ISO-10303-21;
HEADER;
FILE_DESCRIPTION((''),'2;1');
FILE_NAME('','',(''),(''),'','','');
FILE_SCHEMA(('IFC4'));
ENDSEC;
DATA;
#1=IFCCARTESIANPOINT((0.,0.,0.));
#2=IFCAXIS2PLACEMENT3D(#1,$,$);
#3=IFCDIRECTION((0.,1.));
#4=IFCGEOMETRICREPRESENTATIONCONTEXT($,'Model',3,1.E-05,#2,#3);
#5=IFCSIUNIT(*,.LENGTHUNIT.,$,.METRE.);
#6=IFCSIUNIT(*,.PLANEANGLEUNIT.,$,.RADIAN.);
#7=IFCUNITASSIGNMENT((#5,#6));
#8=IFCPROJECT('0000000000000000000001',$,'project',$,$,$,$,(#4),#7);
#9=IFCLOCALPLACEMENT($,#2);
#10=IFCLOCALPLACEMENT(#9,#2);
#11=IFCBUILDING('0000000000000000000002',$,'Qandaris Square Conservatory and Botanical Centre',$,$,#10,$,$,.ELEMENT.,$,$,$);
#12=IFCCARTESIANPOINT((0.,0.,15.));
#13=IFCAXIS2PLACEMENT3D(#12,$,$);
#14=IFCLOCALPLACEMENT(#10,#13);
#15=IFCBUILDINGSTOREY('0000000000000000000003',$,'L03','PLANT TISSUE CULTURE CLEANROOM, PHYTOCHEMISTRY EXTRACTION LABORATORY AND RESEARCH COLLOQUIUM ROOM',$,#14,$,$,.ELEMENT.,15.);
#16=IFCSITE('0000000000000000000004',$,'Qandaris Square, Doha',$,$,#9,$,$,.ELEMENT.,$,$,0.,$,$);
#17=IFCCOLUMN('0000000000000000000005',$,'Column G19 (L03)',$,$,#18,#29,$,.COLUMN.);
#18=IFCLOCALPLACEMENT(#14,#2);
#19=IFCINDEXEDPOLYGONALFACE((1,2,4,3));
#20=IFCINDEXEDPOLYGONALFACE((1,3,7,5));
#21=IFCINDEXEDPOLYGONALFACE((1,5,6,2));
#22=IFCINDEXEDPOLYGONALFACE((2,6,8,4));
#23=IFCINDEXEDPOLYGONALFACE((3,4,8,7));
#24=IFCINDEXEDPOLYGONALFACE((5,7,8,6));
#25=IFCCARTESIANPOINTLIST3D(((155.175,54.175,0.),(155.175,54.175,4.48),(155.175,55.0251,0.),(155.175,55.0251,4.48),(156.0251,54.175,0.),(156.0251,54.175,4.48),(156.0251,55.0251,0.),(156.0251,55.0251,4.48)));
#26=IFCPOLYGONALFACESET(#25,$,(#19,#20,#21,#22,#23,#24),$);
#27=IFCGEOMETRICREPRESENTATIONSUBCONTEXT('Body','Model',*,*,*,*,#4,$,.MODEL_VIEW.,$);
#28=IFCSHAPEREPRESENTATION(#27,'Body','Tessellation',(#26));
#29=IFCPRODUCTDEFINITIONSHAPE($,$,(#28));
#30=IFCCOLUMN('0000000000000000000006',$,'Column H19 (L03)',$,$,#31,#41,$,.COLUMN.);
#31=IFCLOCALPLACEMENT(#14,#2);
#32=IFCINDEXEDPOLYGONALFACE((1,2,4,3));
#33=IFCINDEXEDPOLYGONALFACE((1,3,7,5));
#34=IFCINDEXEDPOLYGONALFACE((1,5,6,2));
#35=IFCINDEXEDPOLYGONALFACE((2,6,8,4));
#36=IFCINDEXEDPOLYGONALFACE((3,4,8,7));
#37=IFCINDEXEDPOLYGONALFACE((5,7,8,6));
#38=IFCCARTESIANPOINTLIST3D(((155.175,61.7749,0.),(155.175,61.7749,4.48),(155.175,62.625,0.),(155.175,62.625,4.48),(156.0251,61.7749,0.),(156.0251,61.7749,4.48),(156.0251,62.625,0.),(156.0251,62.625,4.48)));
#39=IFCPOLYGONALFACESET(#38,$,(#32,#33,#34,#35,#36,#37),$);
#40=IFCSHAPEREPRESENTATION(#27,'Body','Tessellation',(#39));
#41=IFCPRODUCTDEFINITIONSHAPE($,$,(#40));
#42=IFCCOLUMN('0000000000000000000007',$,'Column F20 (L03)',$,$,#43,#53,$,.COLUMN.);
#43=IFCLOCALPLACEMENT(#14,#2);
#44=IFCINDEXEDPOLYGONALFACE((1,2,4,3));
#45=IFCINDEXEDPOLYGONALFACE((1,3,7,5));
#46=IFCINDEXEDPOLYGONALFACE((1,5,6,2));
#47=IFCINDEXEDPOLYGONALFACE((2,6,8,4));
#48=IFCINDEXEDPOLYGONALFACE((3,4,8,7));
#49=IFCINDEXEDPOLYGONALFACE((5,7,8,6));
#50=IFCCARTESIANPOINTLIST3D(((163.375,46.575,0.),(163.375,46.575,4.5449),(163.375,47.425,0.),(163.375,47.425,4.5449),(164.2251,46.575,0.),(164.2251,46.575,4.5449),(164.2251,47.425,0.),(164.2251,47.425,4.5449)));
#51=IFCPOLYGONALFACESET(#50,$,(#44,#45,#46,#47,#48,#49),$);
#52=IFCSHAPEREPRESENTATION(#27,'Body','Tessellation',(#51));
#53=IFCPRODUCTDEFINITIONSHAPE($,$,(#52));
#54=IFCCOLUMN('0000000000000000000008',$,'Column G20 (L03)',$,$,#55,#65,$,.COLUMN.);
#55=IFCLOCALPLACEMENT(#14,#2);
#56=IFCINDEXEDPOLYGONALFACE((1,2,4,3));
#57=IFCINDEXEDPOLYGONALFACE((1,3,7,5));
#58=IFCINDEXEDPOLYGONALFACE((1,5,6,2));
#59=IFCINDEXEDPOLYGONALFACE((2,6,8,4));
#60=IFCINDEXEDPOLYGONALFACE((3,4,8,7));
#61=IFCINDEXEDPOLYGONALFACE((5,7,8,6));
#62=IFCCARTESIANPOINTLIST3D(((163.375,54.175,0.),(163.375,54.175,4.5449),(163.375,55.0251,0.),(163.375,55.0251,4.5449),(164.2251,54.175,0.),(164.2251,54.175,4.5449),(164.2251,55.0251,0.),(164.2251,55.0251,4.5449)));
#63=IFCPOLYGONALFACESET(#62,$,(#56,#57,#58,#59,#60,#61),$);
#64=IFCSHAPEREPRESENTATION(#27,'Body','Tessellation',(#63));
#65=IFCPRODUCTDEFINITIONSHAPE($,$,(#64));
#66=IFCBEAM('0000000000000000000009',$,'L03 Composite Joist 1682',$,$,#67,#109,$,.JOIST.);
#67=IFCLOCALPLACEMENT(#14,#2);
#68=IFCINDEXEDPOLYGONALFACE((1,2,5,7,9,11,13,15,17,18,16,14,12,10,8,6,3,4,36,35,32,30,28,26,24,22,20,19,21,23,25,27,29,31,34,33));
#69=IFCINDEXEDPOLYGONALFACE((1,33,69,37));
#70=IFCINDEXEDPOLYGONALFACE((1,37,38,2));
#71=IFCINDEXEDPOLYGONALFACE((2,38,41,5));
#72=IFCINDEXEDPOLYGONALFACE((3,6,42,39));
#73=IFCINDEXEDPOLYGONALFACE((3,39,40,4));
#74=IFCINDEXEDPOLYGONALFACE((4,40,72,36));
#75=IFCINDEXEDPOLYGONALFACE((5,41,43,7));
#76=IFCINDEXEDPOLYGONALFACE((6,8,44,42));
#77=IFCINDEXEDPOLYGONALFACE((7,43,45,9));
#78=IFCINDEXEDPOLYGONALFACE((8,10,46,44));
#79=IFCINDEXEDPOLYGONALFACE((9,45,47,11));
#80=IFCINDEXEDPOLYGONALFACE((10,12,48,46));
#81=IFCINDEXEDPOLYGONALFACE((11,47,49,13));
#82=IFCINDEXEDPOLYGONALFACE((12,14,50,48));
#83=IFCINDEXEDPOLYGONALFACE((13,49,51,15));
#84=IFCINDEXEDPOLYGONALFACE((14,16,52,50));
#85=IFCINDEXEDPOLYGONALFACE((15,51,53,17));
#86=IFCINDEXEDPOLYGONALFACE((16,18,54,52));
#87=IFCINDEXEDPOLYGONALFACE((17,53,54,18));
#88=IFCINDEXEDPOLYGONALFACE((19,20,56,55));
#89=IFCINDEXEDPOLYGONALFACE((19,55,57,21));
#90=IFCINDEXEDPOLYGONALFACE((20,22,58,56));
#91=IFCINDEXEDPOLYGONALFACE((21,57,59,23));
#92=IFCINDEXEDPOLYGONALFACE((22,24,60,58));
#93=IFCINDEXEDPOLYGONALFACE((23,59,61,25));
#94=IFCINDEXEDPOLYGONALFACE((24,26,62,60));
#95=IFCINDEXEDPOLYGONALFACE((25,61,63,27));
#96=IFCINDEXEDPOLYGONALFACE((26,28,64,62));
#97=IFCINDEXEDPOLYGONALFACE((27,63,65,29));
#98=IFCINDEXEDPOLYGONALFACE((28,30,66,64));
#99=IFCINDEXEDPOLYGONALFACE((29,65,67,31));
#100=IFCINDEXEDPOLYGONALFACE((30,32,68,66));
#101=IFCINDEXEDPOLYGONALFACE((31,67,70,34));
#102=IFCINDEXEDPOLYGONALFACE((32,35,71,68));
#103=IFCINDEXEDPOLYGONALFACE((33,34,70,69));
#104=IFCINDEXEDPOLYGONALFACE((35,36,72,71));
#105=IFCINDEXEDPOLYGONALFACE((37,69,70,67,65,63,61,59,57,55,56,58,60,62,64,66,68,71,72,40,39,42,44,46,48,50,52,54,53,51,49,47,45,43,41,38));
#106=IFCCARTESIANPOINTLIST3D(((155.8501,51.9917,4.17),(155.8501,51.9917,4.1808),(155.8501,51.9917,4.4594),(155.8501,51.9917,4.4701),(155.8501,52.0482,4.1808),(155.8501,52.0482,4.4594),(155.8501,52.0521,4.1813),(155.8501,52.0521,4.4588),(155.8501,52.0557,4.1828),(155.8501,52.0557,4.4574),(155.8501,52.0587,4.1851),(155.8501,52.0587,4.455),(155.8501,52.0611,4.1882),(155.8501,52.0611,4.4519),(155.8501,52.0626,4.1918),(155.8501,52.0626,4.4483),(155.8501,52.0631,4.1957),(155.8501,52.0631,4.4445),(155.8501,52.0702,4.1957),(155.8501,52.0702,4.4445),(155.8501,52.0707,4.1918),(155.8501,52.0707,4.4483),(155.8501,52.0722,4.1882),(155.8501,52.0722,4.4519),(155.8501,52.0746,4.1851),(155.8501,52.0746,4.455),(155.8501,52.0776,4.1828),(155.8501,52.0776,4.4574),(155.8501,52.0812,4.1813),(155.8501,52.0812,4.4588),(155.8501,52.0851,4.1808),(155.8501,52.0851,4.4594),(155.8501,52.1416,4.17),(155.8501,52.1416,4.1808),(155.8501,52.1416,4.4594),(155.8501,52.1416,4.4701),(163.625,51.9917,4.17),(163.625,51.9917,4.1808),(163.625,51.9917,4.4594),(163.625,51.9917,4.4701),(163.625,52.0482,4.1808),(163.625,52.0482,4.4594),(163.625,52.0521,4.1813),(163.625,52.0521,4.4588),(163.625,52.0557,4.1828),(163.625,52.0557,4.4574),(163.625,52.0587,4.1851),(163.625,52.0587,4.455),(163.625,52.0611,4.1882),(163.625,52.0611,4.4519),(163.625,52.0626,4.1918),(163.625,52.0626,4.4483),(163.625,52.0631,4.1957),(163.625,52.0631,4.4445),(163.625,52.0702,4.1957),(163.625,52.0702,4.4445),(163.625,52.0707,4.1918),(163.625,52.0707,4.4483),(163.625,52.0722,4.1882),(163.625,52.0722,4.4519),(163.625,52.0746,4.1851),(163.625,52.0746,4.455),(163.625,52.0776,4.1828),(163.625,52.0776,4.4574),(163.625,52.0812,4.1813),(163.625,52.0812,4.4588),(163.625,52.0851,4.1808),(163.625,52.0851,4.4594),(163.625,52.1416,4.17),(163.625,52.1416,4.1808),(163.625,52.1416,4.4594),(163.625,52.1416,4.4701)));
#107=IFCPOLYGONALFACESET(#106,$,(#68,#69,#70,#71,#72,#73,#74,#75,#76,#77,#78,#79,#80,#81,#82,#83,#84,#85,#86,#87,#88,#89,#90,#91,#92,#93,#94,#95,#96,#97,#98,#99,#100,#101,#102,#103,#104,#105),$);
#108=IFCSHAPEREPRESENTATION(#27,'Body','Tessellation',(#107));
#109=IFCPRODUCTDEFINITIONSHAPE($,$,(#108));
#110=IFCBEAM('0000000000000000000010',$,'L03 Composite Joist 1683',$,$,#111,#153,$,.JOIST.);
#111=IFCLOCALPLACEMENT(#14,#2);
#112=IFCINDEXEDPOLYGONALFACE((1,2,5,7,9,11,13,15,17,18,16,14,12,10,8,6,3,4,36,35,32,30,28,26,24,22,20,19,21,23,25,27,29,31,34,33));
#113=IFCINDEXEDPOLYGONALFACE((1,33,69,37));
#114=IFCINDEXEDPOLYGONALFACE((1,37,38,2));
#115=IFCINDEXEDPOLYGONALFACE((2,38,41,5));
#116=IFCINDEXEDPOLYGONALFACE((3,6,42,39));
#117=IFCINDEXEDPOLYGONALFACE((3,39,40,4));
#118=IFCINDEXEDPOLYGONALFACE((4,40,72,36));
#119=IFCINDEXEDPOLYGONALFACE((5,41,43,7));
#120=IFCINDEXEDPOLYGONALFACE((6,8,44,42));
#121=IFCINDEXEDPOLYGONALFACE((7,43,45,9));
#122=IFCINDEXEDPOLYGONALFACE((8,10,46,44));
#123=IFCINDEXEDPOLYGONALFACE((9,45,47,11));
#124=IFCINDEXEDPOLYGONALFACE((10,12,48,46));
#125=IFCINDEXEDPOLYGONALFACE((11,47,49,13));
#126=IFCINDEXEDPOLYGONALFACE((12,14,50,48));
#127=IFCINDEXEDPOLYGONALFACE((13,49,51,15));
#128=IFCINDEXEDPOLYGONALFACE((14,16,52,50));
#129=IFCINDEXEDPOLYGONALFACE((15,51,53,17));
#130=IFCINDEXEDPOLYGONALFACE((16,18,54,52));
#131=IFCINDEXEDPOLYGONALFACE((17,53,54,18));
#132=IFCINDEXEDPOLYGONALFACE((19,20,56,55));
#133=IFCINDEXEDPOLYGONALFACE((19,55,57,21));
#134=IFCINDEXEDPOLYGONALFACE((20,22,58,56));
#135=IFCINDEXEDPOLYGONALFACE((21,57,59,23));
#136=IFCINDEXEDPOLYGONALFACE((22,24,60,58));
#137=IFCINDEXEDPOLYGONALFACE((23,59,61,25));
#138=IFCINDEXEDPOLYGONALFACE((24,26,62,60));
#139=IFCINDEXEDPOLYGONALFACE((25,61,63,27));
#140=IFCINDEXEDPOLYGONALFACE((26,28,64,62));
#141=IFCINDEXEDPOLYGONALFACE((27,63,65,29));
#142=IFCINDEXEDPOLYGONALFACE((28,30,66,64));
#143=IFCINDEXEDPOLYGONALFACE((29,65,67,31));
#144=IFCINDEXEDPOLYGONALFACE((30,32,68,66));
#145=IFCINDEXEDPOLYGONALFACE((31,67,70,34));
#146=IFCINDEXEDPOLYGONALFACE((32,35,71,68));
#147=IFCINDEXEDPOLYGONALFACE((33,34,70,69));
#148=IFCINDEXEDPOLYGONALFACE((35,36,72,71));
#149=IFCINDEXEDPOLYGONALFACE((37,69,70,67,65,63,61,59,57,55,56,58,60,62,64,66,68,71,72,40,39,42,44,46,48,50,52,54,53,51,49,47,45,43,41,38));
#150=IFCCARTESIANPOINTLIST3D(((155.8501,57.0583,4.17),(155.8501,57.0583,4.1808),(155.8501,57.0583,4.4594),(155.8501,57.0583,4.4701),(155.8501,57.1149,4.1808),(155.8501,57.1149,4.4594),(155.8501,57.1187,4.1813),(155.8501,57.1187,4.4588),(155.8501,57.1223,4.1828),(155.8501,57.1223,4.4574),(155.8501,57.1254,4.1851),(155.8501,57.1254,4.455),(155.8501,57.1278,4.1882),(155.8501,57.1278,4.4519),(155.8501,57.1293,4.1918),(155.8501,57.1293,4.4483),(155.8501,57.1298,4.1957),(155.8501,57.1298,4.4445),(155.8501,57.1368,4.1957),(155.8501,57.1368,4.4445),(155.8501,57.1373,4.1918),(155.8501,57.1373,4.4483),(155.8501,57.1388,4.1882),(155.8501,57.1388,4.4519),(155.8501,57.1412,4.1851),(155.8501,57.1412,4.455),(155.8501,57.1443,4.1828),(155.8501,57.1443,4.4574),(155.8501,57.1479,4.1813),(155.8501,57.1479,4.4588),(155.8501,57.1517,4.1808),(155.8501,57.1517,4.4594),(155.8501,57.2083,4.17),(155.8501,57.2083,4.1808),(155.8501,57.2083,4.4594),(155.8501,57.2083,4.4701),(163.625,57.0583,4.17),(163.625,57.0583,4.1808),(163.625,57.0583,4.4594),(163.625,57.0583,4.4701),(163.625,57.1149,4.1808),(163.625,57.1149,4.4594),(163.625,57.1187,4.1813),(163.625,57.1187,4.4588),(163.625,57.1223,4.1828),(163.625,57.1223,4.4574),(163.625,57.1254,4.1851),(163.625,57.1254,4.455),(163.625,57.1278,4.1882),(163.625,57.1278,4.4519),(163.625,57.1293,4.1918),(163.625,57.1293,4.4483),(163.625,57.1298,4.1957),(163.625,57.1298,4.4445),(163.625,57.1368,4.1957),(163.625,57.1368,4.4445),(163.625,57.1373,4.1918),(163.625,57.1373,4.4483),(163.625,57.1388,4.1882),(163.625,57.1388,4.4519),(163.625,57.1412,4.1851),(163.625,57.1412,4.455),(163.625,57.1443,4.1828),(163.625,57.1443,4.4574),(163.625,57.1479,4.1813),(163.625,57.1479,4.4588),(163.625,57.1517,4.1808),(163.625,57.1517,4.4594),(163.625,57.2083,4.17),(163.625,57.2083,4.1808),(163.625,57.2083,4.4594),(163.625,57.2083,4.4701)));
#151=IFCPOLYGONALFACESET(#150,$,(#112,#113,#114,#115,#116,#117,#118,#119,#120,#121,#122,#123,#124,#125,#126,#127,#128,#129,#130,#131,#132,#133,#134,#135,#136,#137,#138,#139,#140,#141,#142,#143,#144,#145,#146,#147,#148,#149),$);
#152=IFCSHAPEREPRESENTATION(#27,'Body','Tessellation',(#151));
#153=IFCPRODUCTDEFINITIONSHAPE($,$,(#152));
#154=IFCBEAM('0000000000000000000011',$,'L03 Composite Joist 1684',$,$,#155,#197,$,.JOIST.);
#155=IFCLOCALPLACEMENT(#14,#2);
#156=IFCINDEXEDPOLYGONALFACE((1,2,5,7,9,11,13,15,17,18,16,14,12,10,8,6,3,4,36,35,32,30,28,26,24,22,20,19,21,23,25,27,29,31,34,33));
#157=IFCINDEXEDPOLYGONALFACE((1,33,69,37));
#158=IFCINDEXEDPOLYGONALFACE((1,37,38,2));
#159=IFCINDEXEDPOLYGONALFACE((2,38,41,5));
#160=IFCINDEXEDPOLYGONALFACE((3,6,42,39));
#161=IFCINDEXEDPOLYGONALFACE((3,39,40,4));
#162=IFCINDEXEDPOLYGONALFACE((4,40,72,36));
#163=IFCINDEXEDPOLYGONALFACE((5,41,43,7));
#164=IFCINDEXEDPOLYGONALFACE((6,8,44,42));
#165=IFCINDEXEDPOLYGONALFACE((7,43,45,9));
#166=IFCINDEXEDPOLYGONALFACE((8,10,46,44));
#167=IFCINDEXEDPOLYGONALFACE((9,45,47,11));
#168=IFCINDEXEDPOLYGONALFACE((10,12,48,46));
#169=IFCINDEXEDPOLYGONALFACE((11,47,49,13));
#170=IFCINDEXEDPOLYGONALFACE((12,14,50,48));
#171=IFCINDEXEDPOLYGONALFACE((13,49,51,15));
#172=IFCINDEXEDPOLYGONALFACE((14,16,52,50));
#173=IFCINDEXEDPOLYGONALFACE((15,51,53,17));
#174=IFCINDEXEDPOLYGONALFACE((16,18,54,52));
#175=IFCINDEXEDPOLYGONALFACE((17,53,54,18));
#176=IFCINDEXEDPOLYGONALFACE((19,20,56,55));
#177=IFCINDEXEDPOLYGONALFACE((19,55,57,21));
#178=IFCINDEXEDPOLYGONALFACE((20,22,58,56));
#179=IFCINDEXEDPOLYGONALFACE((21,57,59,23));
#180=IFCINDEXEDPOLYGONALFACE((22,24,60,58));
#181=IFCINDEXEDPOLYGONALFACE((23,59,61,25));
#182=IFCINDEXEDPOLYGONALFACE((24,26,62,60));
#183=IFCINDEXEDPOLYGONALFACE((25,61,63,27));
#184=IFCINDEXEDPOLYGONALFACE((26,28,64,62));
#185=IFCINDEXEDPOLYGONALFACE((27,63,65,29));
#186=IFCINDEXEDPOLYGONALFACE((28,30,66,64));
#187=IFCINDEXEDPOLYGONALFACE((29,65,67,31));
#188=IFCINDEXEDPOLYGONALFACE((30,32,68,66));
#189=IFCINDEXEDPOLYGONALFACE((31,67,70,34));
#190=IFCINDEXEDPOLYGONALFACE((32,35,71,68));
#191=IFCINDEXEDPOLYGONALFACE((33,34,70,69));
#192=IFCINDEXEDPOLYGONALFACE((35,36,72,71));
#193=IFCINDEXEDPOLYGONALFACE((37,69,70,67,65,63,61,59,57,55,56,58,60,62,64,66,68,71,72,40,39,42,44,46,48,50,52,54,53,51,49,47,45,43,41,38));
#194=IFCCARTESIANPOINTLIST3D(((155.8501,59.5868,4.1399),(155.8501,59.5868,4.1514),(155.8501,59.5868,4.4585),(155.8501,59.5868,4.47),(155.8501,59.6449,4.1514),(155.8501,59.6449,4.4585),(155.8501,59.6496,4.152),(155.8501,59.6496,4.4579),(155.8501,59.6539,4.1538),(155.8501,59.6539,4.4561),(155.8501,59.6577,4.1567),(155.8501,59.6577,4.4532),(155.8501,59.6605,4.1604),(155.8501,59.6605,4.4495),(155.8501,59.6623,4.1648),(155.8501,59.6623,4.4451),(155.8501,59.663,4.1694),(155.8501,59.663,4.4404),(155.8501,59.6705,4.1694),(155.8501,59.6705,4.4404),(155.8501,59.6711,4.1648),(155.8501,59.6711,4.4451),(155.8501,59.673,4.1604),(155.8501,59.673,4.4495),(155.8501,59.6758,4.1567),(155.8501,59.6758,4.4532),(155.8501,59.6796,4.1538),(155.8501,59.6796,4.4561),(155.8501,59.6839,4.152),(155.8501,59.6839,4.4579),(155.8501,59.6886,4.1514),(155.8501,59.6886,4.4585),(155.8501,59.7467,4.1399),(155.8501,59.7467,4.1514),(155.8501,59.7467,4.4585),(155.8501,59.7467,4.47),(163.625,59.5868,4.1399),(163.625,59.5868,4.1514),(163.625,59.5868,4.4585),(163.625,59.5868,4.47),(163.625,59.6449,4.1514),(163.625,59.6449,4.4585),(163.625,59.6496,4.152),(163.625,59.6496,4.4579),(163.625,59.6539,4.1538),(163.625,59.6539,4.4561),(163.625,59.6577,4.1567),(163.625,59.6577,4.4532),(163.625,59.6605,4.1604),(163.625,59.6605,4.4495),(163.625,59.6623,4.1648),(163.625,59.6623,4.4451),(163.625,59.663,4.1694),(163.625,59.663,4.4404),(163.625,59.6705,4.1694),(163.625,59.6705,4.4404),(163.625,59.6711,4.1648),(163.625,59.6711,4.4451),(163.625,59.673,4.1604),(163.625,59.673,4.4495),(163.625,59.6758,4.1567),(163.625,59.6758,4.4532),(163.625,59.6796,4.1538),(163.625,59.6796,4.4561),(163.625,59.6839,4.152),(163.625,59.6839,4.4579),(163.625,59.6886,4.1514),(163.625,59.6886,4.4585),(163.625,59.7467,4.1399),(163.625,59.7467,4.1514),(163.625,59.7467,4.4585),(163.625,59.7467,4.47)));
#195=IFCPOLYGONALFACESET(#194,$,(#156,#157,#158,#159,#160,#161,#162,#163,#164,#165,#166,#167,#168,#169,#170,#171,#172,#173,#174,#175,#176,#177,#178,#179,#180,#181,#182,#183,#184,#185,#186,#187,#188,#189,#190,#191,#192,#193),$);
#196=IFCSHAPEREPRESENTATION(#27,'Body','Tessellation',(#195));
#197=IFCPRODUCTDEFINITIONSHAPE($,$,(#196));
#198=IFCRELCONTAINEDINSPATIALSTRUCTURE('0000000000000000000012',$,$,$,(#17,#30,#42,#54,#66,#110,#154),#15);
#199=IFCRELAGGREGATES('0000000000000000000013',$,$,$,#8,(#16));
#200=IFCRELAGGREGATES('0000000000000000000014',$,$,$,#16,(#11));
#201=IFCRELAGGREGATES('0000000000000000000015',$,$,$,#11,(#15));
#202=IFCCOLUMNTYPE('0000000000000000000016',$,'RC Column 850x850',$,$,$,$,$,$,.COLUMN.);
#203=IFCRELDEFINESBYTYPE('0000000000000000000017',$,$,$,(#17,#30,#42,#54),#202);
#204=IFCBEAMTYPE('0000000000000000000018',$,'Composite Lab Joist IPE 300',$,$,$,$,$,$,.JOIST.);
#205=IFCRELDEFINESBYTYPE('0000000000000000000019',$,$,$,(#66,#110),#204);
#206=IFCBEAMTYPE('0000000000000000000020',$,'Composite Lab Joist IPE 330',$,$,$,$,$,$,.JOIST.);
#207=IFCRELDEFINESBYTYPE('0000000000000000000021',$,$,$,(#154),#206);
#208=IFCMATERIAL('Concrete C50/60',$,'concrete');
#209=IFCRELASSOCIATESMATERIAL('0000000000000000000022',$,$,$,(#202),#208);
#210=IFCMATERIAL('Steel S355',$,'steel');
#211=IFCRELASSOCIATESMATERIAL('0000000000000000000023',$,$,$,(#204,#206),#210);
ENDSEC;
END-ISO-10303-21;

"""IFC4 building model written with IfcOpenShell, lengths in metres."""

from ifc_helpers import new_model, si_unit, direction, frame, origin, origin_2d, place, context, subcontext, project, spatial, rectangle, i_section, extrude, material, material_profile, profile_set, type_object, element, save


model = new_model("IFC4")

# Units and contexts
model_context = context("Model", 3, precision=1e-05, world=origin(), true_north=direction((0.0, 1.0)))
body_context = subcontext(model_context, "Body", "Model", "MODEL_VIEW")
ifc_project = project(units=[si_unit("LENGTHUNIT", "METRE"), si_unit("PLANEANGLEUNIT", "RADIAN")], contexts=[model_context])

# Site, building, storey
site_placement = place(None, origin())
site = spatial("IfcSite", under=ifc_project, at=site_placement, Name="Qandaris Square, Doha", CompositionType="ELEMENT", RefElevation=0.0)
building_placement = place(site_placement, origin())
building = spatial("IfcBuilding", under=site, at=building_placement, Name="Qandaris Square Conservatory and Botanical Centre", CompositionType="ELEMENT")
storey_placement = place(building_placement, frame((0.0, 0.0, 15.0)))
storey = spatial("IfcBuildingStorey", under=building, at=storey_placement, Name="L03", Description="PLANT TISSUE CULTURE CLEANROOM, PHYTOCHEMISTRY EXTRACTION LABORATORY AND RESEARCH COLLOQUIUM ROOM", CompositionType="ELEMENT", Elevation=15.0)

# Columns
ifc_material_1 = material(Name="Concrete C50/60", Category="concrete")
ifc_material_profile_1 = material_profile(ifc_material_1, rectangle(XDim=0.8501, YDim=0.8501, at=origin_2d()), Name="RC-COL 850x850")
ifc_profile_set_1 = profile_set([ifc_material_profile_1], Name="Concrete C50/60")
column_type = type_object("IfcColumnType", Name="RC Column 850x850", PredefinedType="COLUMN", material=ifc_profile_set_1)
for number, where, z_axis, x_axis, name in (
    (1, (155.6001, 54.6001, 0.0), (0.0, 0.0, 1.0), (1.0, 0.0, 0.0), "Column G19 (L03)"),
    (2, (155.6001, 62.2, 0.0), (0.0, 0.0, 1.0), (1.0, 0.0, 0.0), "Column H19 (L03)"),
):
    element("IfcColumn", number, at=place(storey_placement, frame(where, z_axis=z_axis, x_axis=x_axis)), inside=storey, type_object=column_type, Name=name, PredefinedType="COLUMN", context=body_context, shape_type="SweptSolid", body=[
        extrude(rectangle(XDim=0.8501, YDim=0.8501, at=origin_2d()), origin(), (0.0, 0.0, 1.0), 4.48),
    ])
for number, where, z_axis, x_axis, name in (
    (3, (163.8, 47.0, 0.0), (0.0, 0.0, 1.0), (1.0, 0.0, 0.0), "Column F20 (L03)"),
    (4, (163.8, 54.6001, 0.0), (0.0, 0.0, 1.0), (1.0, 0.0, 0.0), "Column G20 (L03)"),
):
    element("IfcColumn", number, at=place(storey_placement, frame(where, z_axis=z_axis, x_axis=x_axis)), inside=storey, type_object=column_type, Name=name, PredefinedType="COLUMN", context=body_context, shape_type="SweptSolid", body=[
        extrude(rectangle(XDim=0.8501, YDim=0.8501, at=origin_2d()), origin(), (0.0, 0.0, 1.0), 4.5449),
    ])

# Beams
ifc_material_2 = material(Name="Steel S355", Category="steel")
ifc_material_profile_2 = material_profile(ifc_material_2, i_section(OverallWidth=0.1499, OverallDepth=0.3, WebThickness=0.0071, FlangeThickness=0.0107, FilletRadius=0.0149, at=origin_2d()), Name="IPE 300")
ifc_profile_set_2 = profile_set([ifc_material_profile_2], Name="Steel S355")
beam_type_1 = type_object("IfcBeamType", Name="Composite Lab Joist IPE 300", PredefinedType="JOIST", material=ifc_profile_set_2)
for number, where, z_axis, x_axis, name in (
    (5, (155.8501, 52.0667, 4.3201), (1.0, 0.0, 0.0), (0.0, 1.0, 0.0), "L03 Composite Joist 1682"),
    (6, (155.8501, 57.1333, 4.3201), (1.0, 0.0, 0.0), (0.0, 1.0, 0.0), "L03 Composite Joist 1683"),
):
    element("IfcBeam", number, at=place(storey_placement, frame(where, z_axis=z_axis, x_axis=x_axis)), inside=storey, type_object=beam_type_1, Name=name, PredefinedType="JOIST", context=body_context, shape_type="SweptSolid", body=[
        extrude(i_section(OverallWidth=0.1499, OverallDepth=0.3, WebThickness=0.0071, FlangeThickness=0.0107, FilletRadius=0.0149, at=origin_2d()), origin(), (0.0, 0.0, 1.0), 7.7749),
    ])
ifc_material_profile_3 = material_profile(ifc_material_2, i_section(OverallWidth=0.1599, OverallDepth=0.3301, WebThickness=0.0076, FlangeThickness=0.0115, FilletRadius=0.0181, at=origin_2d()), Name="IPE 330")
ifc_profile_set_3 = profile_set([ifc_material_profile_3], Name="Steel S355")
beam_type_2 = type_object("IfcBeamType", Name="Composite Lab Joist IPE 330", PredefinedType="JOIST", material=ifc_profile_set_3)
beam_1_placement = place(storey_placement, frame((155.8501, 59.6667, 4.3049), z_axis=(1.0, 0.0, 0.0), x_axis=(0.0, 1.0, 0.0)))
element("IfcBeam", 7, at=beam_1_placement, inside=storey, type_object=beam_type_2, Name="L03 Composite Joist 1684", PredefinedType="JOIST", context=body_context, shape_type="SweptSolid", body=[
    extrude(i_section(OverallWidth=0.1599, OverallDepth=0.3301, WebThickness=0.0076, FlangeThickness=0.0115, FilletRadius=0.0181, at=origin_2d()), origin(), (0.0, 0.0, 1.0), 7.7749),
])

save(model, "model.ifc")
